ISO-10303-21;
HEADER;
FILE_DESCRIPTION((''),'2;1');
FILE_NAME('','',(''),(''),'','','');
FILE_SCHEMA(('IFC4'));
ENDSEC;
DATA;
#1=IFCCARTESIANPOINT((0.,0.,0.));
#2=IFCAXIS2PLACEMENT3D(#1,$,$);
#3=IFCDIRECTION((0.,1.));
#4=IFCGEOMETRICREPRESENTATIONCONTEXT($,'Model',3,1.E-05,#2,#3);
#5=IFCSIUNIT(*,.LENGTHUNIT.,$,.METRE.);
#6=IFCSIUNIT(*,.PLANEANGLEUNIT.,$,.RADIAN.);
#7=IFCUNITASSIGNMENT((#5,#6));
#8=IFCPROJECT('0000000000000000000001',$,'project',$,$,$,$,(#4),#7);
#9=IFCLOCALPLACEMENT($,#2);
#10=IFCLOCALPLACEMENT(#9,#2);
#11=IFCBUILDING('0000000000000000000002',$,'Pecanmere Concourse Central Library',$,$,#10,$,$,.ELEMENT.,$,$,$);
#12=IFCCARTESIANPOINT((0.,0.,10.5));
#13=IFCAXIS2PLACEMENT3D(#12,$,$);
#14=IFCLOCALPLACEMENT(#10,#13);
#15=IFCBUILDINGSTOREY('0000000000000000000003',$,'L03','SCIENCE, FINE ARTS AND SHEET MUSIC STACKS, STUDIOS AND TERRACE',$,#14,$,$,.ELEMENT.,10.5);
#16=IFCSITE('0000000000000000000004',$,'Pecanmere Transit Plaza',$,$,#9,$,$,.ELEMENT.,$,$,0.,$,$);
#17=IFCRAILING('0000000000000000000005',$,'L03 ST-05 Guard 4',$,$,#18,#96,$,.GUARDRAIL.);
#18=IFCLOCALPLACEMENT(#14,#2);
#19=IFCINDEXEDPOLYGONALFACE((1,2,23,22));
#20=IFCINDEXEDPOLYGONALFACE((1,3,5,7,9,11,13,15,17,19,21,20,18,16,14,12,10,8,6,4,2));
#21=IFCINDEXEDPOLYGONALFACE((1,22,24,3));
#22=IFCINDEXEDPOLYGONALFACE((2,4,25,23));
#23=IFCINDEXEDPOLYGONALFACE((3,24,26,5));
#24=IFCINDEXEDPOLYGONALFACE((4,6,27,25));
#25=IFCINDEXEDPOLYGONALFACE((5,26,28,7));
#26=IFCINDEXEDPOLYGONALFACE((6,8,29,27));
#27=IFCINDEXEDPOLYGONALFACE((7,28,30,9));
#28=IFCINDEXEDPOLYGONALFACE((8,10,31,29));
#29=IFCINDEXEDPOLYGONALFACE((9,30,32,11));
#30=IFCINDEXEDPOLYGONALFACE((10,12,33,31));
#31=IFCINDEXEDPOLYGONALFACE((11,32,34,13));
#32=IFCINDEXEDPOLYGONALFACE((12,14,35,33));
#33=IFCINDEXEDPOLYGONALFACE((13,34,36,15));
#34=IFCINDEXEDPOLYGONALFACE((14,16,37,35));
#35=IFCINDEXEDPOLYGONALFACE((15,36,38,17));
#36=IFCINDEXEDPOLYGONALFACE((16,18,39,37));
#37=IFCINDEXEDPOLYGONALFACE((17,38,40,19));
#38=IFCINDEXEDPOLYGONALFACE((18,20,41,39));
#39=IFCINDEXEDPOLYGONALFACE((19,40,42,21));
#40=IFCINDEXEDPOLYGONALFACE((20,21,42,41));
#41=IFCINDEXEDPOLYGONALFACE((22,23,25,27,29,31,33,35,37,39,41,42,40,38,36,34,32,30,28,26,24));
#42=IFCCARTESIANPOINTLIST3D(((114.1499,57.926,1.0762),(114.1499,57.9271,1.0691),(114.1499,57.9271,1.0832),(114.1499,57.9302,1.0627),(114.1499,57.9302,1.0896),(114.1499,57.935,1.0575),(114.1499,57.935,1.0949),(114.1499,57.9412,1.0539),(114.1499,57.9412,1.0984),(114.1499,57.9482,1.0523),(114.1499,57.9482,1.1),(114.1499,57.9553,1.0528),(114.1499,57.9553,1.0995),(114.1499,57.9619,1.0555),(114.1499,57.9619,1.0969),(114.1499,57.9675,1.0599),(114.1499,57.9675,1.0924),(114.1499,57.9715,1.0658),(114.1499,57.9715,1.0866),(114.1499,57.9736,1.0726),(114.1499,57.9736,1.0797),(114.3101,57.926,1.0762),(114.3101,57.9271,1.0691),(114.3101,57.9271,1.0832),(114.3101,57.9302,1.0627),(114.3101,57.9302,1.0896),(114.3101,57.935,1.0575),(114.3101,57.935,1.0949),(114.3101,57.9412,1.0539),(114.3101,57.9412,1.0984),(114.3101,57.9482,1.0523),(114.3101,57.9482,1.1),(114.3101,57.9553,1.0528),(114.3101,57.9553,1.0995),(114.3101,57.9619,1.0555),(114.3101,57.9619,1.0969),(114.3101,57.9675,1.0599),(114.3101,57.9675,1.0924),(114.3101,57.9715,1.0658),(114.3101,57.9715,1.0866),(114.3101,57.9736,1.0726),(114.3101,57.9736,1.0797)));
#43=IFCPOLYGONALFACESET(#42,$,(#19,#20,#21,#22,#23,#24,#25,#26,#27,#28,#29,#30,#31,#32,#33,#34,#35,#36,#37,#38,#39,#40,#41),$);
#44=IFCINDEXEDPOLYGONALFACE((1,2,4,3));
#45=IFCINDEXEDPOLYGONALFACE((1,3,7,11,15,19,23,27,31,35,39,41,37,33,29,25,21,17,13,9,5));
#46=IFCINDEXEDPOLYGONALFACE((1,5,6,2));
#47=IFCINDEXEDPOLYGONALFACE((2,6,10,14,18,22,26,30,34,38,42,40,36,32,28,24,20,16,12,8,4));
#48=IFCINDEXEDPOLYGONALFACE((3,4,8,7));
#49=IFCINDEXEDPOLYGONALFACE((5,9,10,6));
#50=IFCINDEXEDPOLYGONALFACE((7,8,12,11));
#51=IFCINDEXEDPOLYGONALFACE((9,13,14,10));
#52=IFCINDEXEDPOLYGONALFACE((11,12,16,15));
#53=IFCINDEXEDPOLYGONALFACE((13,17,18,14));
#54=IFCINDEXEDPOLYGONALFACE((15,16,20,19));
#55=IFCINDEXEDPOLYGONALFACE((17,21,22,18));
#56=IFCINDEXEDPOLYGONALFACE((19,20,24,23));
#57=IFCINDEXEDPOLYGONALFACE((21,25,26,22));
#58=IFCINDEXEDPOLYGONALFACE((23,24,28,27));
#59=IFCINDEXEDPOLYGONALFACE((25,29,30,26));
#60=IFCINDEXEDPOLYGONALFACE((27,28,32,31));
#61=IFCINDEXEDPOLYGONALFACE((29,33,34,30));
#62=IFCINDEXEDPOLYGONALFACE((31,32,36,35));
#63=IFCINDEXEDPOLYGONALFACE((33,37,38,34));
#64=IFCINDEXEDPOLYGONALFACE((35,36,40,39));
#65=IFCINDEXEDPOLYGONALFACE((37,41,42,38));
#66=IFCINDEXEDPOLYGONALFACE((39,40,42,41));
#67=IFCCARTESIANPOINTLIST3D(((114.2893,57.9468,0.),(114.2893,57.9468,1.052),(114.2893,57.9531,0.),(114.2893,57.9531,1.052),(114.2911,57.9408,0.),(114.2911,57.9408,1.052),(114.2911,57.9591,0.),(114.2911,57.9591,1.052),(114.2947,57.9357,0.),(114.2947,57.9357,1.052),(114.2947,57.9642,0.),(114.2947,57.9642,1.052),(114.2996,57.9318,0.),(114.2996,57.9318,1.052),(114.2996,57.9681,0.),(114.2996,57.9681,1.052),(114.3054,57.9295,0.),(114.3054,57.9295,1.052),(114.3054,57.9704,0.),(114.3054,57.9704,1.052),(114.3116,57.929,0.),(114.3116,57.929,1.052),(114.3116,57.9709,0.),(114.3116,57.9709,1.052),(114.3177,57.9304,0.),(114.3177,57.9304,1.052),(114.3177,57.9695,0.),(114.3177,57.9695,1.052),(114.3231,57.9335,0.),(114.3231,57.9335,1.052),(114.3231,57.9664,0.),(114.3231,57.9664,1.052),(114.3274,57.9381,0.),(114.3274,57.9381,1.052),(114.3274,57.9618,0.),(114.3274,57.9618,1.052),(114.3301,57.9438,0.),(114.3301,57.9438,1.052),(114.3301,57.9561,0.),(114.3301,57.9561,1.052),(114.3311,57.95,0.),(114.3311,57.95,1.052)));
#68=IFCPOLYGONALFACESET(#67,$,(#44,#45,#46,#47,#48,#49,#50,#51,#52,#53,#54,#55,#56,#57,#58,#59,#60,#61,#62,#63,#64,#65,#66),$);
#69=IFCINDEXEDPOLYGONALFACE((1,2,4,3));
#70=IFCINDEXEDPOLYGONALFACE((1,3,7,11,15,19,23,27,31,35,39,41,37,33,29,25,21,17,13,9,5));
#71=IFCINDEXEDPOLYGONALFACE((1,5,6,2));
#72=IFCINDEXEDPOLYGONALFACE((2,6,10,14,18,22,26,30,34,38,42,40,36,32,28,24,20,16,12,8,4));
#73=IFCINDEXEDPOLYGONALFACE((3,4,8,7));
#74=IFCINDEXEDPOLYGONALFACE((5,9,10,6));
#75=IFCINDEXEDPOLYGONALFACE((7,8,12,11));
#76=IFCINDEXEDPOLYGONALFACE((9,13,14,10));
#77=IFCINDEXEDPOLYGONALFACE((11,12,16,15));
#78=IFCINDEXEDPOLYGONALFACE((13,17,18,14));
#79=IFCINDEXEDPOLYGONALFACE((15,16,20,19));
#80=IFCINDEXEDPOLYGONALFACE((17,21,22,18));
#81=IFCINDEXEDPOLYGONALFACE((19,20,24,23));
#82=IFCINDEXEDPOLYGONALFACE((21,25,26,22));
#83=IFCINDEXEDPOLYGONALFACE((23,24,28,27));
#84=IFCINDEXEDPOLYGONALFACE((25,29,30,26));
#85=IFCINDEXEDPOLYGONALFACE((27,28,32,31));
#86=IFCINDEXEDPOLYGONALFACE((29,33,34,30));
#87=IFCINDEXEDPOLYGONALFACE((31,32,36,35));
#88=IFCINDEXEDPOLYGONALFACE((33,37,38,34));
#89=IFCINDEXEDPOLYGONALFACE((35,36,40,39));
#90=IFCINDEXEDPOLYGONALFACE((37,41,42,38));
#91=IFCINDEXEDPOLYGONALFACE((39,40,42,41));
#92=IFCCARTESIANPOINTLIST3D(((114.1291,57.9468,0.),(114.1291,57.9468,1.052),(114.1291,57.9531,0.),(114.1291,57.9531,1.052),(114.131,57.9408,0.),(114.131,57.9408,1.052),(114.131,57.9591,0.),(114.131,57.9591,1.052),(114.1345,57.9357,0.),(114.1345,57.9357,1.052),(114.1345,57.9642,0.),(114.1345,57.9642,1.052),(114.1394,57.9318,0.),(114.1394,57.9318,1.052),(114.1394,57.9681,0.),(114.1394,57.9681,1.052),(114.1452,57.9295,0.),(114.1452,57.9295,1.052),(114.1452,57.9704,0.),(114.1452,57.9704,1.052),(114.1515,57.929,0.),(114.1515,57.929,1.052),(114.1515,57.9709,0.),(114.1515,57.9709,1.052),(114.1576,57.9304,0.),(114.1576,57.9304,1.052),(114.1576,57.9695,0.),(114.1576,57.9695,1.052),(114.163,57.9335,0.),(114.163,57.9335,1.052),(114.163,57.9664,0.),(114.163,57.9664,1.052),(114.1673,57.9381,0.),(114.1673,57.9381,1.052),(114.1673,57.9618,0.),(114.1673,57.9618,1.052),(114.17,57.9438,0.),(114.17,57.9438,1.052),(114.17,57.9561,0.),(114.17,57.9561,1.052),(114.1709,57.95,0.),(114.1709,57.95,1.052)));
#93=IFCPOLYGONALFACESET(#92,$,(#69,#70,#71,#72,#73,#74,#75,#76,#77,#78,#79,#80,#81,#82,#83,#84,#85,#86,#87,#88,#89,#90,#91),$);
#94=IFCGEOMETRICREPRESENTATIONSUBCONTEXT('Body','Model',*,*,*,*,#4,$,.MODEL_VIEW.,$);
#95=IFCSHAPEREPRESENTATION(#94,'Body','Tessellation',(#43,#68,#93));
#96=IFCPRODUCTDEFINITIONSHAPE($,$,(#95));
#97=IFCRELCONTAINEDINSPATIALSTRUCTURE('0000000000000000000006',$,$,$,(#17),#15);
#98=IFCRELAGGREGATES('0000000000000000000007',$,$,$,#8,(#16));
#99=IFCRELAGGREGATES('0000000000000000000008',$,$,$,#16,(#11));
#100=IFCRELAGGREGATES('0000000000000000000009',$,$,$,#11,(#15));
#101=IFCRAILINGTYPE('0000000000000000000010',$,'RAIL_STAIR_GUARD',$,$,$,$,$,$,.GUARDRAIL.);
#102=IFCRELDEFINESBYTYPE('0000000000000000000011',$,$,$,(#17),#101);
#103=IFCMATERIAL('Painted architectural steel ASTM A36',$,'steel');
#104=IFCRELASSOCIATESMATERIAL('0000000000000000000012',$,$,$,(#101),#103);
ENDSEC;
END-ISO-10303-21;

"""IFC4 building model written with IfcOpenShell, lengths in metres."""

from ifc_helpers import new_model, si_unit, direction, frame, origin, origin_2d, place, context, subcontext, project, spatial, circle, extrude, material, type_object, element, save


model = new_model("IFC4")

# Units and contexts
model_context = context("Model", 3, precision=1e-05, world=origin(), true_north=direction((0.0, 1.0)))
body_context = subcontext(model_context, "Body", "Model", "MODEL_VIEW")
ifc_project = project(units=[si_unit("LENGTHUNIT", "METRE"), si_unit("PLANEANGLEUNIT", "RADIAN")], contexts=[model_context])

# Site, building, storey
site_placement = place(None, origin())
site = spatial("IfcSite", under=ifc_project, at=site_placement, Name="Pecanmere Transit Plaza", CompositionType="ELEMENT", RefElevation=0.0)
building_placement = place(site_placement, origin())
building = spatial("IfcBuilding", under=site, at=building_placement, Name="Pecanmere Concourse Central Library", CompositionType="ELEMENT")
storey_placement = place(building_placement, frame((0.0, 0.0, 10.5)))
storey = spatial("IfcBuildingStorey", under=building, at=storey_placement, Name="L03", Description="SCIENCE, FINE ARTS AND SHEET MUSIC STACKS, STUDIOS AND TERRACE", CompositionType="ELEMENT", Elevation=10.5)

# Railing
ifc_material_1 = material(Name="Painted architectural steel ASTM A36", Category="steel")
railing_type_1 = type_object("IfcRailingType", Name="RAIL_STAIR_GUARD", PredefinedType="GUARDRAIL", material=ifc_material_1)
railing_1_placement = place(storey_placement, frame((114.3101, 57.95, 0.0)))
element("IfcRailing", 1, at=railing_1_placement, inside=storey, type_object=railing_type_1, Name="L03 ST-05 Guard 4", PredefinedType="GUARDRAIL", context=body_context, shape_type="SweptSolid", body=[
    extrude(circle(Radius=0.0239, at=origin_2d()), frame((0.0, 0.0, 1.0762), z_axis=(-1.0, 0.0, 0.0), x_axis=(0.0, -1.0, 0.0)), (0.0, 0.0, 1.0), 0.1602),
    extrude(circle(Radius=0.021, at=origin_2d()), origin(), (0.0, 0.0, 1.0), 1.052),
    extrude(circle(Radius=0.021, at=origin_2d()), frame((-0.1602, 0.0, 0.0)), (0.0, 0.0, 1.0), 1.052),
])

save(model, "model.ifc")
